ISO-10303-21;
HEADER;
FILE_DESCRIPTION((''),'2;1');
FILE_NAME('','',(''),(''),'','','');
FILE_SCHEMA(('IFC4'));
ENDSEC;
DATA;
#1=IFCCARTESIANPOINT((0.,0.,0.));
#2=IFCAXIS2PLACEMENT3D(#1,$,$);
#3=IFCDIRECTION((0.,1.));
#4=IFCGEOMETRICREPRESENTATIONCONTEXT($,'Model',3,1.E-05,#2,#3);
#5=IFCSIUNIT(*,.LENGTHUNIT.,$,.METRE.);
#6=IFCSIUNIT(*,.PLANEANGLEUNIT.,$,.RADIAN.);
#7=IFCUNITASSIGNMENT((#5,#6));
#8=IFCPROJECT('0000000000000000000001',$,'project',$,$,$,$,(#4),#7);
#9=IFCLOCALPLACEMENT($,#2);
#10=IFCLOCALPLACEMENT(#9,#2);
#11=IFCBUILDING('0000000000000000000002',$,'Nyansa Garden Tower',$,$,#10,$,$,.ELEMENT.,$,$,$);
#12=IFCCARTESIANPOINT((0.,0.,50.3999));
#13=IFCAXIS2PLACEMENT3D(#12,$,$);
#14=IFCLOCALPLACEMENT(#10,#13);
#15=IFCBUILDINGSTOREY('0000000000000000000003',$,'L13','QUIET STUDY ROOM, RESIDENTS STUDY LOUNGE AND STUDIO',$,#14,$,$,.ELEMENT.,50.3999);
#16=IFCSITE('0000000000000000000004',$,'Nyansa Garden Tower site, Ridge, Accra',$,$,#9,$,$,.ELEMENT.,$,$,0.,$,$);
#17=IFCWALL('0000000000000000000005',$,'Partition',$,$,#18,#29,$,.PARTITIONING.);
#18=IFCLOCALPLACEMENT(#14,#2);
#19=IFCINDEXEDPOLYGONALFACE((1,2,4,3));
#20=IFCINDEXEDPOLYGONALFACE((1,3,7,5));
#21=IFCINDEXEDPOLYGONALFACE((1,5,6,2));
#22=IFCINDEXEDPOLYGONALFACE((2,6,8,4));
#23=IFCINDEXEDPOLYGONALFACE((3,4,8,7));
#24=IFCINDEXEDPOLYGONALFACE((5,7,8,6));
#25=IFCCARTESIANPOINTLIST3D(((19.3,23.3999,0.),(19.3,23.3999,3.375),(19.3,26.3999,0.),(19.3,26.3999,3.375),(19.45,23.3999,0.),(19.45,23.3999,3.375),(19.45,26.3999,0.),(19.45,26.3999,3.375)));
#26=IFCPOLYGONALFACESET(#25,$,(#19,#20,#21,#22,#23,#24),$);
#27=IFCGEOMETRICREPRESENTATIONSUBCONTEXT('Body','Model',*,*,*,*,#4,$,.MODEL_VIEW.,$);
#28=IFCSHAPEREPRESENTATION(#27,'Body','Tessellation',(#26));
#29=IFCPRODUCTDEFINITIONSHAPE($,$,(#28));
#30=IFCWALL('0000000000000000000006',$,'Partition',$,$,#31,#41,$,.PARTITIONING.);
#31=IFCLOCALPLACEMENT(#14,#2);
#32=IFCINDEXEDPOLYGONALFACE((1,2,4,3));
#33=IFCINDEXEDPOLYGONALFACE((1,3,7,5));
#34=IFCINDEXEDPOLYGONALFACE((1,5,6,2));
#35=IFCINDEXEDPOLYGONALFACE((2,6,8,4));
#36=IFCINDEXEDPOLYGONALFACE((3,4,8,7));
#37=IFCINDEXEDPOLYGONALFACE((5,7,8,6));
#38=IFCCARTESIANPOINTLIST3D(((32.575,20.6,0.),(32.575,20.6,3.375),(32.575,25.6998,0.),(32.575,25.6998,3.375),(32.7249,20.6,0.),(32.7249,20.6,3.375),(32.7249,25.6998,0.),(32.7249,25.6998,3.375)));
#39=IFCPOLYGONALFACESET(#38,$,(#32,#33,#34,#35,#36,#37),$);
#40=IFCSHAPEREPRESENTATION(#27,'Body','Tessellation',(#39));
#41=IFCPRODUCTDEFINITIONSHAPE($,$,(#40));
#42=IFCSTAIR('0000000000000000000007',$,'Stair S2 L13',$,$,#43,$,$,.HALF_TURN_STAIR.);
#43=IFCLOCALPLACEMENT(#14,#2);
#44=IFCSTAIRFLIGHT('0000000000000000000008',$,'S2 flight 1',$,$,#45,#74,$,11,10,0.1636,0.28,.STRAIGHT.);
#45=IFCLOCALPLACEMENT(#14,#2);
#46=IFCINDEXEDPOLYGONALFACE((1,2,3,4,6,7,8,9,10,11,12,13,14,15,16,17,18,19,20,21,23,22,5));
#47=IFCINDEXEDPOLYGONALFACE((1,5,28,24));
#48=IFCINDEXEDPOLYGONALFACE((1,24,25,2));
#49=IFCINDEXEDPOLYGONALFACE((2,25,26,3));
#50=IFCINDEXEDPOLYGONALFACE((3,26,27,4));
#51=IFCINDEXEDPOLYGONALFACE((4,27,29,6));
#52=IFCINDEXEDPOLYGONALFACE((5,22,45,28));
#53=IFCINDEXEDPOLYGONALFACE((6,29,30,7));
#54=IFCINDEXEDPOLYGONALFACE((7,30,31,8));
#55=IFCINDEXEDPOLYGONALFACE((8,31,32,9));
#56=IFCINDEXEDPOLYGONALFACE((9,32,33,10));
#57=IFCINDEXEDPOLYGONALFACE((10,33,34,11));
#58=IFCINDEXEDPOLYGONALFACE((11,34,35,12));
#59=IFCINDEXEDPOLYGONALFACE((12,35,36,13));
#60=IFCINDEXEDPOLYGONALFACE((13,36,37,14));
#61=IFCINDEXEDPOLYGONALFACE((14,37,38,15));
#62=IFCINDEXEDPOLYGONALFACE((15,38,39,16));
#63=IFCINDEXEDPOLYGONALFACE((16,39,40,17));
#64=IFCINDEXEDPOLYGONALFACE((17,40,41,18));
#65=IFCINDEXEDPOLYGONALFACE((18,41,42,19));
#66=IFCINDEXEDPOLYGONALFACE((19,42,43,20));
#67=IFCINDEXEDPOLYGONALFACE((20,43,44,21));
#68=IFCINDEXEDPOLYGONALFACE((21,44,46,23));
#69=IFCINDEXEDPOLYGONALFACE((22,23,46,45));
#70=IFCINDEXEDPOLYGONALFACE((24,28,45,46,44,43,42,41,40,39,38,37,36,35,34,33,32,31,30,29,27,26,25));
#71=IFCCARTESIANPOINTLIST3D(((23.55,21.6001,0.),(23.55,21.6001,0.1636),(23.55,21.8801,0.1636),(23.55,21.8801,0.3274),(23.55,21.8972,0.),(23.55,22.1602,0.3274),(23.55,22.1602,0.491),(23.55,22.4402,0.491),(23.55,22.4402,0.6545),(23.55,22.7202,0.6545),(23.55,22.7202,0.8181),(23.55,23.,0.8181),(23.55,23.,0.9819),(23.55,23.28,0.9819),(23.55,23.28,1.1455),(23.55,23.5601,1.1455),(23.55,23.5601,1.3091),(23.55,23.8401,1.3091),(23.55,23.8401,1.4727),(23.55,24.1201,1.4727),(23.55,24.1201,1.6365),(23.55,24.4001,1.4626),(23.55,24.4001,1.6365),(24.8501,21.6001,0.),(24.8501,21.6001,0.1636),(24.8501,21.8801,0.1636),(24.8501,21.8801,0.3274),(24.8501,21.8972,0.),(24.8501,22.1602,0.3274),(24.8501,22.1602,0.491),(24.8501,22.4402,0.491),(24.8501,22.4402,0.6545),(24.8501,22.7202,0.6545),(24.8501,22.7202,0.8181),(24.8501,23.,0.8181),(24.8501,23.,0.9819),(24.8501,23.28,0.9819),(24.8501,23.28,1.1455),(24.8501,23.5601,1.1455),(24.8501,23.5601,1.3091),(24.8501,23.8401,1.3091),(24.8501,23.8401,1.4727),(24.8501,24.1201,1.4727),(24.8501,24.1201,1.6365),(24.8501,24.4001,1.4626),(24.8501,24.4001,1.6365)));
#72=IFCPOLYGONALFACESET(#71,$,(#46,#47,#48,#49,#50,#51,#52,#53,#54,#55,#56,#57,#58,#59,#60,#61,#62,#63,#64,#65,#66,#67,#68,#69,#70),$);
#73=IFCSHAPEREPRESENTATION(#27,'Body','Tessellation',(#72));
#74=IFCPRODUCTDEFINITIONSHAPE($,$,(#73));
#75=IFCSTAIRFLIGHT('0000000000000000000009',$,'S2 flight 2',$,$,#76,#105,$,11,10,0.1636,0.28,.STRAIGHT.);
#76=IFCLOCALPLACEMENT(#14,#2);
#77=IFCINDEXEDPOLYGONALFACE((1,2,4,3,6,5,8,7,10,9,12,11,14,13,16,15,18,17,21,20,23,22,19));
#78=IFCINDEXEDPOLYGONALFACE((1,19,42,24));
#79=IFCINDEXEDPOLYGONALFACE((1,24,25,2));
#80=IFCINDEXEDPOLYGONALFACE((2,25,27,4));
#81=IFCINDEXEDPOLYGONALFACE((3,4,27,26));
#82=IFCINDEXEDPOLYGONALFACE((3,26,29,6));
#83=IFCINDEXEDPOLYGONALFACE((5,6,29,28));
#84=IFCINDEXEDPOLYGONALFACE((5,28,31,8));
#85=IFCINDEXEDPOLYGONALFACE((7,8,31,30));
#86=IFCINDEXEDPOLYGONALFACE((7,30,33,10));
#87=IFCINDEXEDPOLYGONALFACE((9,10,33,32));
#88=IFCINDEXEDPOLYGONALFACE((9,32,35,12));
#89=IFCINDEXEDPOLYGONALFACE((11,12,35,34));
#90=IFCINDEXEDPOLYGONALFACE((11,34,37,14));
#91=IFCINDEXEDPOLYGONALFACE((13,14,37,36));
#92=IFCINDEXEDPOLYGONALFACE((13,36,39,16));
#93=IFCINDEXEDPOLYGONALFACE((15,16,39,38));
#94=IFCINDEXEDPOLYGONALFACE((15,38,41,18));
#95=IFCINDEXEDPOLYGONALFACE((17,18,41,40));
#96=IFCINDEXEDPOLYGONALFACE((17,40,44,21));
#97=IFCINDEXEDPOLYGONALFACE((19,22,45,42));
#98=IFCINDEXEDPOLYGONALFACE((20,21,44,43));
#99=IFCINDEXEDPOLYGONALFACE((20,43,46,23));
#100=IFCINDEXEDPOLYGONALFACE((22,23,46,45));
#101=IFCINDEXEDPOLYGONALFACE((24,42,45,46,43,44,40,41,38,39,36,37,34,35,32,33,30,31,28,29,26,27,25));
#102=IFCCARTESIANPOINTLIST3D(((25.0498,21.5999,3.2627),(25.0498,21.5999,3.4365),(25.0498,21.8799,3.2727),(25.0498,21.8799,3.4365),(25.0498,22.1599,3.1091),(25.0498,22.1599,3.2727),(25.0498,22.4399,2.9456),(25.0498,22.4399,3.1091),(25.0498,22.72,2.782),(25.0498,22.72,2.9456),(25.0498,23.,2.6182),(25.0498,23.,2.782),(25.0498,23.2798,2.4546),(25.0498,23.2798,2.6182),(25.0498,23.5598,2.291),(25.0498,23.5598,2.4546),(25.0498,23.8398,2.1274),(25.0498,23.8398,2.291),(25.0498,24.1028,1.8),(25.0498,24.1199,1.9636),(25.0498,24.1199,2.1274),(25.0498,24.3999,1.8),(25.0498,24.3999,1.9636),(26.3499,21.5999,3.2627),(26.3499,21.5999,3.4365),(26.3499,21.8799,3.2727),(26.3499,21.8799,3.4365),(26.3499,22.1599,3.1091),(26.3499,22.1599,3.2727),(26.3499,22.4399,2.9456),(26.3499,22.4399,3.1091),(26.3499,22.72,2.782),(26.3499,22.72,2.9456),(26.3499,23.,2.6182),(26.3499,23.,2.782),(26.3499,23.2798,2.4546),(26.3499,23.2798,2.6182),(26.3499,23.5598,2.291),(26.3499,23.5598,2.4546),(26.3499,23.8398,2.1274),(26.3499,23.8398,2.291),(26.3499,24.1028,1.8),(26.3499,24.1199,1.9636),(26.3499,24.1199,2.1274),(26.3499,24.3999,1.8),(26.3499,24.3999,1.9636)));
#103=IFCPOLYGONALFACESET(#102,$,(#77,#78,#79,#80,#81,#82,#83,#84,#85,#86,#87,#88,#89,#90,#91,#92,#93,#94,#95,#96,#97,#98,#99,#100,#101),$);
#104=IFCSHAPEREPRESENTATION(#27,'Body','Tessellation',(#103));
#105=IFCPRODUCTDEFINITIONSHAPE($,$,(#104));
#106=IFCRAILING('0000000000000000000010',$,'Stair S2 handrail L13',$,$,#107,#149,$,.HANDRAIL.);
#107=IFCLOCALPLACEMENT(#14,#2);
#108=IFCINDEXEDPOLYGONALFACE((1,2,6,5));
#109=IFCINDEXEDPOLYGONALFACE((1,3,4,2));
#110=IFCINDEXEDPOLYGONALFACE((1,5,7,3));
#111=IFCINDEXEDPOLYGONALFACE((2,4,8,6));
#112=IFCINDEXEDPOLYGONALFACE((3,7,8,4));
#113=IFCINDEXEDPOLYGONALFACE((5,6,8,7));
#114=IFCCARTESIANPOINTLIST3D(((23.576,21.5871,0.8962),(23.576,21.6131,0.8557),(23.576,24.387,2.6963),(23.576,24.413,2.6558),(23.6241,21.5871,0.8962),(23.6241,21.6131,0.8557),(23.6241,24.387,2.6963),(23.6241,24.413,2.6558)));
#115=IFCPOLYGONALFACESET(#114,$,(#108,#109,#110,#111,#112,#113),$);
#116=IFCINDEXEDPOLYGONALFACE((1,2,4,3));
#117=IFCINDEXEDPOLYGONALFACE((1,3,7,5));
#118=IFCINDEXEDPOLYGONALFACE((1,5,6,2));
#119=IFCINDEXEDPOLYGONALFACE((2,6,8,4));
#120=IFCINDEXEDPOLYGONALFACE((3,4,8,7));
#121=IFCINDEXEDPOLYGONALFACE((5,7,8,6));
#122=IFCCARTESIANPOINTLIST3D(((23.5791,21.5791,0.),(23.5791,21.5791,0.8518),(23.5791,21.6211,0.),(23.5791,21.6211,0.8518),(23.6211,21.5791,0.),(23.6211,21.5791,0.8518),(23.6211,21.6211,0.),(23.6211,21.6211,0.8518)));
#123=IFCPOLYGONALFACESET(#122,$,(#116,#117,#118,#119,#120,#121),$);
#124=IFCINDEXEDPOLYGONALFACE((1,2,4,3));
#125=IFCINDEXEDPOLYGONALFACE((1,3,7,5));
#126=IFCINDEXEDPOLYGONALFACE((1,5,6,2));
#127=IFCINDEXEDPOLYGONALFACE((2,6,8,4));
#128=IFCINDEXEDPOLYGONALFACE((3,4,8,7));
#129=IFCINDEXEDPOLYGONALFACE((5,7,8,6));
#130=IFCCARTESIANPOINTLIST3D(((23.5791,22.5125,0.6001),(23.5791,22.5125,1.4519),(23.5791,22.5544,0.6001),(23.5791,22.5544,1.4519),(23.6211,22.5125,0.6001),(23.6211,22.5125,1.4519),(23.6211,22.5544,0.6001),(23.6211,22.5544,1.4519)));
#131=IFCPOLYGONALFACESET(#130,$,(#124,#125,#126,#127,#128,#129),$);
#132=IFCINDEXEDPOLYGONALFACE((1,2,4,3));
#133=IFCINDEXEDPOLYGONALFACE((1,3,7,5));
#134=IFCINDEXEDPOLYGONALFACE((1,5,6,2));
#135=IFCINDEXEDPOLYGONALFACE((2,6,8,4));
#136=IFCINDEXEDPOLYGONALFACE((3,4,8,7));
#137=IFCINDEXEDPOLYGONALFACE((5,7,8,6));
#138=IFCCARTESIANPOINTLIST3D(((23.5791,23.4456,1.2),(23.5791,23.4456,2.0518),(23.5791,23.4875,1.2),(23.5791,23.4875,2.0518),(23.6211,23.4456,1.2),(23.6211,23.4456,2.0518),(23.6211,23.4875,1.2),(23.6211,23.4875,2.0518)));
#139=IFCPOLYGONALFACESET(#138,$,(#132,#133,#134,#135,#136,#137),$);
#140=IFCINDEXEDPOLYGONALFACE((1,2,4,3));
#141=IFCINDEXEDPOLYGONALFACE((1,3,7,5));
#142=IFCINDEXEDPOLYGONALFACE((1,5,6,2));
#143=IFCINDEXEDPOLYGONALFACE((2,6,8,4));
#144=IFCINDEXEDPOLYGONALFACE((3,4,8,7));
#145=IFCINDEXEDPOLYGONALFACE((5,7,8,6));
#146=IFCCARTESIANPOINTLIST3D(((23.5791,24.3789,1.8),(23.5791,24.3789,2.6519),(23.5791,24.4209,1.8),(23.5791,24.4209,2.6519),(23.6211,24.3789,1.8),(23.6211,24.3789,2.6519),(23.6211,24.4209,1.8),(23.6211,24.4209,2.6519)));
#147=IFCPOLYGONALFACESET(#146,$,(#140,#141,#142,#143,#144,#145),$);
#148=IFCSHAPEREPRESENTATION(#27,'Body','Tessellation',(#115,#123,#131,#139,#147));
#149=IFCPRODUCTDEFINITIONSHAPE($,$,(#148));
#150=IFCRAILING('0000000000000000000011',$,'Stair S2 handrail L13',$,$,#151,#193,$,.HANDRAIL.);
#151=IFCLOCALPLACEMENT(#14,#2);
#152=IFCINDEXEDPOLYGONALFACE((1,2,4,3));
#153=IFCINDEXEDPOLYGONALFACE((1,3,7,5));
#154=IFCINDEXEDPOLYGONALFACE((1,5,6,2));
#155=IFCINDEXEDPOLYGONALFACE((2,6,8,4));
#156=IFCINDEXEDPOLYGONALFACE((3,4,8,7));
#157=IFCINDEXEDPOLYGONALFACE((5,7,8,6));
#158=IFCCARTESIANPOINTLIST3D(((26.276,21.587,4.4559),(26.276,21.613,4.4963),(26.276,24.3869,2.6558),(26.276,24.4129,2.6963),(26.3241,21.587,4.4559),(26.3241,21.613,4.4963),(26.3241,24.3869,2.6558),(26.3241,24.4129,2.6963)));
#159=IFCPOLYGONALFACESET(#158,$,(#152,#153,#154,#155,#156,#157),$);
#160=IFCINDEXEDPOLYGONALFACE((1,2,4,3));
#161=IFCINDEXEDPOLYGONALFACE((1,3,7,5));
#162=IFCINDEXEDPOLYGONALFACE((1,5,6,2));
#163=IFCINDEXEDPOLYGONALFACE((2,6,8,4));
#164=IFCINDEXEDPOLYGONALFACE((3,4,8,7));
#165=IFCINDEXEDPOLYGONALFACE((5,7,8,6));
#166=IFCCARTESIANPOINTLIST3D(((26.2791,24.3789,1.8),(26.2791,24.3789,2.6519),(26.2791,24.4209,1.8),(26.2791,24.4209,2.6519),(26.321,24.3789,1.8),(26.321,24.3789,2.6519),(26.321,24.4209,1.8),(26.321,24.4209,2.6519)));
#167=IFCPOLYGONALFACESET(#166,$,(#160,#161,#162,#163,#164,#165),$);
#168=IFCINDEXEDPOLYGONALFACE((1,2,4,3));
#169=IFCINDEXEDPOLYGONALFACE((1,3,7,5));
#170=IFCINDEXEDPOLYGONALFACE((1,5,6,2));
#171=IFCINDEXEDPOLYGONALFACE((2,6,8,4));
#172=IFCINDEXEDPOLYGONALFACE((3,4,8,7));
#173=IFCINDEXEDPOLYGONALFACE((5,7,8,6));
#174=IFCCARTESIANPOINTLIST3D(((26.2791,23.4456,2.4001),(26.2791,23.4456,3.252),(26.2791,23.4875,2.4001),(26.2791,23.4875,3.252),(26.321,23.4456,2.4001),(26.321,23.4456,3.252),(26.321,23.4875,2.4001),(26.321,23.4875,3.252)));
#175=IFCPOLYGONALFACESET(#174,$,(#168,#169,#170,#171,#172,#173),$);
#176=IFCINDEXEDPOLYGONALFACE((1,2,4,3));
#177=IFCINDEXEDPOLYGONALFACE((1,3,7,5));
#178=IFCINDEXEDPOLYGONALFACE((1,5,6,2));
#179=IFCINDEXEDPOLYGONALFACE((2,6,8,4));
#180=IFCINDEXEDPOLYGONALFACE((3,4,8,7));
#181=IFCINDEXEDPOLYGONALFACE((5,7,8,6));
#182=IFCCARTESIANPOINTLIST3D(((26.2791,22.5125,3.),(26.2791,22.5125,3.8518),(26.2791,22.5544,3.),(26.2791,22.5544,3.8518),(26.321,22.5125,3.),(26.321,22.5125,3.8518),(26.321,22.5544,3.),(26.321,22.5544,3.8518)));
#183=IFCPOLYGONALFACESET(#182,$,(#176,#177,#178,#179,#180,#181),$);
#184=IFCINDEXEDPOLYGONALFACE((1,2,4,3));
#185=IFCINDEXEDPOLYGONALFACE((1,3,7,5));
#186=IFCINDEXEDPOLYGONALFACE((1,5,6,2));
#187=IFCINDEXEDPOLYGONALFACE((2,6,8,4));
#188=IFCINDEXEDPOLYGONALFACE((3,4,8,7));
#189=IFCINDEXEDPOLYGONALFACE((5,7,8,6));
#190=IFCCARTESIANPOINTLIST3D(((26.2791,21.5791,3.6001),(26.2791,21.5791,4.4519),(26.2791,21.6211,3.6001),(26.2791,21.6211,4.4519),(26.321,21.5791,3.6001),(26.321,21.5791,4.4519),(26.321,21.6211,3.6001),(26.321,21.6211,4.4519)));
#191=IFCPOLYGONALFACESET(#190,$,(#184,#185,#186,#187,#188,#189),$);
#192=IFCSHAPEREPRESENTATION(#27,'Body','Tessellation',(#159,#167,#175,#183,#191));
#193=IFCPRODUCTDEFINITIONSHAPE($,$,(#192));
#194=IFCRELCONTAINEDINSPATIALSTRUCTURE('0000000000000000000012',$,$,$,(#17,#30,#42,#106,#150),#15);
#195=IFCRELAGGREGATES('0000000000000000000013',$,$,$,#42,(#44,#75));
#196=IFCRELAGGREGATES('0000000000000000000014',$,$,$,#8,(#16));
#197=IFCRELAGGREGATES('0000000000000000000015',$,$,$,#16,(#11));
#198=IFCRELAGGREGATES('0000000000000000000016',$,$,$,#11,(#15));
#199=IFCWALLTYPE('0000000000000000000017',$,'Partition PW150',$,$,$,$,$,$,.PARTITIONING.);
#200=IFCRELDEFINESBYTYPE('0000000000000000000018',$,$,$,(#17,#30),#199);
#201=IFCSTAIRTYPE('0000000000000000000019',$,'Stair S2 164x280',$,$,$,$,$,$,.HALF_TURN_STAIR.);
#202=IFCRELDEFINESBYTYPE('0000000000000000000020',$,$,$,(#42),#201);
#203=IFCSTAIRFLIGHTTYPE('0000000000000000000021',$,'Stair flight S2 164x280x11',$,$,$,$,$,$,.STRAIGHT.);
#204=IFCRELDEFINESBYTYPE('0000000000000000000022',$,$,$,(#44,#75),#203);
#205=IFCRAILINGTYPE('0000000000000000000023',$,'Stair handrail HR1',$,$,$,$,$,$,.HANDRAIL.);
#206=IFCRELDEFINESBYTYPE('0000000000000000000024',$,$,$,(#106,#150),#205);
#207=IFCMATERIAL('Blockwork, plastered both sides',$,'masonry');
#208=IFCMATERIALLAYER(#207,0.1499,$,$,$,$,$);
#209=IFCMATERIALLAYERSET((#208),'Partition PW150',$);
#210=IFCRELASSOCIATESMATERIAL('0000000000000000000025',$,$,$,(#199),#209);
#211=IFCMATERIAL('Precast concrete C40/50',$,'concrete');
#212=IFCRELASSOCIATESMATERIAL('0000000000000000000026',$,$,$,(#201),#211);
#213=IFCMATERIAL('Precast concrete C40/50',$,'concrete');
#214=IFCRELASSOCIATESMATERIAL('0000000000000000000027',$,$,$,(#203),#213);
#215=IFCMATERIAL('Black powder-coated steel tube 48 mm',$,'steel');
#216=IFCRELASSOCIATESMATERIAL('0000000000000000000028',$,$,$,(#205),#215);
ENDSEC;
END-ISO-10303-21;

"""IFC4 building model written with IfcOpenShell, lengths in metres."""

from ifc_helpers import new_model, si_unit, direction, frame, frame_2d, origin, origin_2d, place, context, subcontext, project, spatial, polyline, rectangle, outline, extrude, material, layer, layer_set, type_object, element, aggregate, save


model = new_model("IFC4")

# Units and contexts
model_context = context("Model", 3, precision=1e-05, world=origin(), true_north=direction((0.0, 1.0)))
body_context = subcontext(model_context, "Body", "Model", "MODEL_VIEW")
ifc_project = project(units=[si_unit("LENGTHUNIT", "METRE"), si_unit("PLANEANGLEUNIT", "RADIAN")], contexts=[model_context])

# Site, building, storey
site_placement = place(None, origin())
site = spatial("IfcSite", under=ifc_project, at=site_placement, Name="Nyansa Garden Tower site, Ridge, Accra", CompositionType="ELEMENT", RefElevation=0.0)
building_placement = place(site_placement, origin())
building = spatial("IfcBuilding", under=site, at=building_placement, Name="Nyansa Garden Tower", CompositionType="ELEMENT")
storey_placement = place(building_placement, frame((0.0, 0.0, 50.3999)))
storey = spatial("IfcBuildingStorey", under=building, at=storey_placement, Name="L13", Description="QUIET STUDY ROOM, RESIDENTS STUDY LOUNGE AND STUDIO", CompositionType="ELEMENT", Elevation=50.3999)

# Walls
ifc_material_1 = material(Name="Blockwork, plastered both sides", Category="masonry")
ifc_layer_1 = layer(ifc_material_1, 0.1499)
ifc_layer_set_1 = layer_set([ifc_layer_1], Name="Partition PW150")
wall_type_1 = type_object("IfcWallType", Name="Partition PW150", PredefinedType="PARTITIONING", material=ifc_layer_set_1)
wall_1_placement = place(storey_placement, frame((19.375, 23.3999, 0.0), z_axis=(0.0, 0.0, 1.0), x_axis=(0.0, 1.0, 0.0)))
element("IfcWall", 1, at=wall_1_placement, inside=storey, type_object=wall_type_1, Name="Partition", PredefinedType="PARTITIONING", context=body_context, shape_type="SweptSolid", body=[
    extrude(rectangle(XDim=3.0, YDim=0.1499, at=frame_2d((1.5, 0.0))), origin(), (0.0, 0.0, 1.0), 3.375),
])
wall_2_placement = place(storey_placement, frame((32.6499, 20.6001, 0.0), z_axis=(0.0, 0.0, 1.0), x_axis=(0.0, 1.0, 0.0)))
element("IfcWall", 2, at=wall_2_placement, inside=storey, type_object=wall_type_1, Name="Partition", PredefinedType="PARTITIONING", context=body_context, shape_type="SweptSolid", body=[
    extrude(rectangle(XDim=5.0999, YDim=0.1499, at=frame_2d((2.5498, 0.0))), origin(), (0.0, 0.0, 1.0), 3.375),
])

# Stair, stair flights
ifc_material_2 = material(Name="Precast concrete C40/50", Category="concrete")
stair_type = type_object("IfcStairType", Name="Stair S2 164x280", PredefinedType="HALF_TURN_STAIR", material=ifc_material_2)
stair_placement = place(storey_placement, origin())
stair = element("IfcStair", 3, at=stair_placement, inside=storey, type_object=stair_type, Name="Stair S2 L13", PredefinedType="HALF_TURN_STAIR")
ifc_material_3 = material(Name="Precast concrete C40/50", Category="concrete")
stair_flight_type = type_object("IfcStairFlightType", Name="Stair flight S2 164x280x11", PredefinedType="STRAIGHT", material=ifc_material_3)
stair_flight_1_placement = place(storey_placement, frame((24.2, 21.6001, 0.0), z_axis=(0.0, 0.0, 1.0), x_axis=(0.0, 1.0, 0.0)))
stair_flight_1 = element("IfcStairFlight", 4, at=stair_flight_1_placement, type_object=stair_flight_type, Name="S2 flight 1", NumberOfRisers=11, NumberOfTreads=10, PredefinedType="STRAIGHT", RiserHeight=0.1636, TreadLength=0.28, context=body_context, shape_type="SweptSolid", body=[
    extrude(outline(polyline([(0.0, 0.0), (0.0, 0.1636), (0.28, 0.1636), (0.28, 0.3274), (0.5601, 0.3274), (0.5601, 0.491), (0.8401, 0.491), (0.8401, 0.6545), (1.1201, 0.6545), (1.1201, 0.8181), (1.3999, 0.8181), (1.3999, 0.9819), (1.6799, 0.9819), (1.6799, 1.1455), (1.96, 1.1455), (1.96, 1.3091), (2.24, 1.3091), (2.24, 1.4727), (2.52, 1.4727), (2.52, 1.6365), (2.8, 1.6365), (2.8, 1.8), (2.8, 1.4626), (0.2971, 0.0), (0.0, 0.0)])), frame((0.0, 0.6499, 0.0), z_axis=(0.0, -1.0, 0.0), x_axis=(1.0, 0.0, 0.0)), (0.0, 0.0, 1.0), 1.3),
])
stair_flight_2_placement = place(storey_placement, frame((25.7, 24.3999, 1.8), z_axis=(0.0, 0.0, 1.0), x_axis=(0.0, -1.0, 0.0)))
stair_flight_2 = element("IfcStairFlight", 5, at=stair_flight_2_placement, type_object=stair_flight_type, Name="S2 flight 2", NumberOfRisers=11, NumberOfTreads=10, PredefinedType="STRAIGHT", RiserHeight=0.1636, TreadLength=0.28, context=body_context, shape_type="SweptSolid", body=[
    extrude(outline(polyline([(0.0, 0.0), (0.0, 0.1636), (0.28, 0.1636), (0.28, 0.3274), (0.5601, 0.3274), (0.5601, 0.491), (0.8401, 0.491), (0.8401, 0.6545), (1.1201, 0.6545), (1.1201, 0.8181), (1.3999, 0.8181), (1.3999, 0.9819), (1.6799, 0.9819), (1.6799, 1.1455), (1.96, 1.1455), (1.96, 1.3091), (2.24, 1.3091), (2.24, 1.4727), (2.52, 1.4727), (2.52, 1.6365), (2.8, 1.6365), (2.8, 1.8), (2.8, 1.4626), (0.2971, 0.0), (0.0, 0.0)])), frame((0.0, 0.6499, 0.0), z_axis=(0.0, -1.0, 0.0), x_axis=(1.0, 0.0, 0.0)), (0.0, 0.0, 1.0), 1.3),
])
aggregate(stair, [stair_flight_1, stair_flight_2])

# Railings
ifc_material_4 = material(Name="Black powder-coated steel tube 48 mm", Category="steel")
railing_type = type_object("IfcRailingType", Name="Stair handrail HR1", PredefinedType="HANDRAIL", material=ifc_material_4)
railing_1_placement = place(storey_placement, frame((23.6001, 21.6001, 0.0)))
element("IfcRailing", 6, at=railing_1_placement, inside=storey, type_object=railing_type, Name="Stair S2 handrail L13", PredefinedType="HANDRAIL", context=body_context, shape_type="SweptSolid", body=[
    extrude(rectangle(XDim=0.0481, YDim=0.0481, at=origin_2d()), frame((0.0, 0.0, 0.876), z_axis=(0.0, 0.841155, 0.540795), x_axis=(-1.0, 0.0, 0.0)), (0.0, 0.0, 1.0), 3.3286),
    extrude(rectangle(XDim=0.042, YDim=0.042, at=origin_2d()), origin(), (0.0, 0.0, 1.0), 0.8518),
    extrude(rectangle(XDim=0.042, YDim=0.042, at=origin_2d()), frame((0.0, 0.9333, 0.6001)), (0.0, 0.0, 1.0), 0.8518),
    extrude(rectangle(XDim=0.042, YDim=0.042, at=origin_2d()), frame((0.0, 1.8665, 1.2)), (0.0, 0.0, 1.0), 0.8518),
    extrude(rectangle(XDim=0.042, YDim=0.042, at=origin_2d()), frame((0.0, 2.7998, 1.8)), (0.0, 0.0, 1.0), 0.8518),
])
railing_2_placement = place(storey_placement, frame((26.3, 24.3999, 1.8)))
element("IfcRailing", 7, at=railing_2_placement, inside=storey, type_object=railing_type, Name="Stair S2 handrail L13", PredefinedType="HANDRAIL", context=body_context, shape_type="SweptSolid", body=[
    extrude(rectangle(XDim=0.0481, YDim=0.0481, at=origin_2d()), frame((0.0, 0.0, 0.876), z_axis=(0.0, -0.841155, 0.540795), x_axis=(1.0, 0.0, 0.0)), (0.0, 0.0, 1.0), 3.3286),
    extrude(rectangle(XDim=0.042, YDim=0.042, at=origin_2d()), origin(), (0.0, 0.0, 1.0), 0.8518),
    extrude(rectangle(XDim=0.042, YDim=0.042, at=origin_2d()), frame((0.0, -0.9333, 0.6001)), (0.0, 0.0, 1.0), 0.8518),
    extrude(rectangle(XDim=0.042, YDim=0.042, at=origin_2d()), frame((0.0, -1.8665, 1.2)), (0.0, 0.0, 1.0), 0.8518),
    extrude(rectangle(XDim=0.042, YDim=0.042, at=origin_2d()), frame((0.0, -2.7998, 1.8)), (0.0, 0.0, 1.0), 0.8518),
])

save(model, "model.ifc")
